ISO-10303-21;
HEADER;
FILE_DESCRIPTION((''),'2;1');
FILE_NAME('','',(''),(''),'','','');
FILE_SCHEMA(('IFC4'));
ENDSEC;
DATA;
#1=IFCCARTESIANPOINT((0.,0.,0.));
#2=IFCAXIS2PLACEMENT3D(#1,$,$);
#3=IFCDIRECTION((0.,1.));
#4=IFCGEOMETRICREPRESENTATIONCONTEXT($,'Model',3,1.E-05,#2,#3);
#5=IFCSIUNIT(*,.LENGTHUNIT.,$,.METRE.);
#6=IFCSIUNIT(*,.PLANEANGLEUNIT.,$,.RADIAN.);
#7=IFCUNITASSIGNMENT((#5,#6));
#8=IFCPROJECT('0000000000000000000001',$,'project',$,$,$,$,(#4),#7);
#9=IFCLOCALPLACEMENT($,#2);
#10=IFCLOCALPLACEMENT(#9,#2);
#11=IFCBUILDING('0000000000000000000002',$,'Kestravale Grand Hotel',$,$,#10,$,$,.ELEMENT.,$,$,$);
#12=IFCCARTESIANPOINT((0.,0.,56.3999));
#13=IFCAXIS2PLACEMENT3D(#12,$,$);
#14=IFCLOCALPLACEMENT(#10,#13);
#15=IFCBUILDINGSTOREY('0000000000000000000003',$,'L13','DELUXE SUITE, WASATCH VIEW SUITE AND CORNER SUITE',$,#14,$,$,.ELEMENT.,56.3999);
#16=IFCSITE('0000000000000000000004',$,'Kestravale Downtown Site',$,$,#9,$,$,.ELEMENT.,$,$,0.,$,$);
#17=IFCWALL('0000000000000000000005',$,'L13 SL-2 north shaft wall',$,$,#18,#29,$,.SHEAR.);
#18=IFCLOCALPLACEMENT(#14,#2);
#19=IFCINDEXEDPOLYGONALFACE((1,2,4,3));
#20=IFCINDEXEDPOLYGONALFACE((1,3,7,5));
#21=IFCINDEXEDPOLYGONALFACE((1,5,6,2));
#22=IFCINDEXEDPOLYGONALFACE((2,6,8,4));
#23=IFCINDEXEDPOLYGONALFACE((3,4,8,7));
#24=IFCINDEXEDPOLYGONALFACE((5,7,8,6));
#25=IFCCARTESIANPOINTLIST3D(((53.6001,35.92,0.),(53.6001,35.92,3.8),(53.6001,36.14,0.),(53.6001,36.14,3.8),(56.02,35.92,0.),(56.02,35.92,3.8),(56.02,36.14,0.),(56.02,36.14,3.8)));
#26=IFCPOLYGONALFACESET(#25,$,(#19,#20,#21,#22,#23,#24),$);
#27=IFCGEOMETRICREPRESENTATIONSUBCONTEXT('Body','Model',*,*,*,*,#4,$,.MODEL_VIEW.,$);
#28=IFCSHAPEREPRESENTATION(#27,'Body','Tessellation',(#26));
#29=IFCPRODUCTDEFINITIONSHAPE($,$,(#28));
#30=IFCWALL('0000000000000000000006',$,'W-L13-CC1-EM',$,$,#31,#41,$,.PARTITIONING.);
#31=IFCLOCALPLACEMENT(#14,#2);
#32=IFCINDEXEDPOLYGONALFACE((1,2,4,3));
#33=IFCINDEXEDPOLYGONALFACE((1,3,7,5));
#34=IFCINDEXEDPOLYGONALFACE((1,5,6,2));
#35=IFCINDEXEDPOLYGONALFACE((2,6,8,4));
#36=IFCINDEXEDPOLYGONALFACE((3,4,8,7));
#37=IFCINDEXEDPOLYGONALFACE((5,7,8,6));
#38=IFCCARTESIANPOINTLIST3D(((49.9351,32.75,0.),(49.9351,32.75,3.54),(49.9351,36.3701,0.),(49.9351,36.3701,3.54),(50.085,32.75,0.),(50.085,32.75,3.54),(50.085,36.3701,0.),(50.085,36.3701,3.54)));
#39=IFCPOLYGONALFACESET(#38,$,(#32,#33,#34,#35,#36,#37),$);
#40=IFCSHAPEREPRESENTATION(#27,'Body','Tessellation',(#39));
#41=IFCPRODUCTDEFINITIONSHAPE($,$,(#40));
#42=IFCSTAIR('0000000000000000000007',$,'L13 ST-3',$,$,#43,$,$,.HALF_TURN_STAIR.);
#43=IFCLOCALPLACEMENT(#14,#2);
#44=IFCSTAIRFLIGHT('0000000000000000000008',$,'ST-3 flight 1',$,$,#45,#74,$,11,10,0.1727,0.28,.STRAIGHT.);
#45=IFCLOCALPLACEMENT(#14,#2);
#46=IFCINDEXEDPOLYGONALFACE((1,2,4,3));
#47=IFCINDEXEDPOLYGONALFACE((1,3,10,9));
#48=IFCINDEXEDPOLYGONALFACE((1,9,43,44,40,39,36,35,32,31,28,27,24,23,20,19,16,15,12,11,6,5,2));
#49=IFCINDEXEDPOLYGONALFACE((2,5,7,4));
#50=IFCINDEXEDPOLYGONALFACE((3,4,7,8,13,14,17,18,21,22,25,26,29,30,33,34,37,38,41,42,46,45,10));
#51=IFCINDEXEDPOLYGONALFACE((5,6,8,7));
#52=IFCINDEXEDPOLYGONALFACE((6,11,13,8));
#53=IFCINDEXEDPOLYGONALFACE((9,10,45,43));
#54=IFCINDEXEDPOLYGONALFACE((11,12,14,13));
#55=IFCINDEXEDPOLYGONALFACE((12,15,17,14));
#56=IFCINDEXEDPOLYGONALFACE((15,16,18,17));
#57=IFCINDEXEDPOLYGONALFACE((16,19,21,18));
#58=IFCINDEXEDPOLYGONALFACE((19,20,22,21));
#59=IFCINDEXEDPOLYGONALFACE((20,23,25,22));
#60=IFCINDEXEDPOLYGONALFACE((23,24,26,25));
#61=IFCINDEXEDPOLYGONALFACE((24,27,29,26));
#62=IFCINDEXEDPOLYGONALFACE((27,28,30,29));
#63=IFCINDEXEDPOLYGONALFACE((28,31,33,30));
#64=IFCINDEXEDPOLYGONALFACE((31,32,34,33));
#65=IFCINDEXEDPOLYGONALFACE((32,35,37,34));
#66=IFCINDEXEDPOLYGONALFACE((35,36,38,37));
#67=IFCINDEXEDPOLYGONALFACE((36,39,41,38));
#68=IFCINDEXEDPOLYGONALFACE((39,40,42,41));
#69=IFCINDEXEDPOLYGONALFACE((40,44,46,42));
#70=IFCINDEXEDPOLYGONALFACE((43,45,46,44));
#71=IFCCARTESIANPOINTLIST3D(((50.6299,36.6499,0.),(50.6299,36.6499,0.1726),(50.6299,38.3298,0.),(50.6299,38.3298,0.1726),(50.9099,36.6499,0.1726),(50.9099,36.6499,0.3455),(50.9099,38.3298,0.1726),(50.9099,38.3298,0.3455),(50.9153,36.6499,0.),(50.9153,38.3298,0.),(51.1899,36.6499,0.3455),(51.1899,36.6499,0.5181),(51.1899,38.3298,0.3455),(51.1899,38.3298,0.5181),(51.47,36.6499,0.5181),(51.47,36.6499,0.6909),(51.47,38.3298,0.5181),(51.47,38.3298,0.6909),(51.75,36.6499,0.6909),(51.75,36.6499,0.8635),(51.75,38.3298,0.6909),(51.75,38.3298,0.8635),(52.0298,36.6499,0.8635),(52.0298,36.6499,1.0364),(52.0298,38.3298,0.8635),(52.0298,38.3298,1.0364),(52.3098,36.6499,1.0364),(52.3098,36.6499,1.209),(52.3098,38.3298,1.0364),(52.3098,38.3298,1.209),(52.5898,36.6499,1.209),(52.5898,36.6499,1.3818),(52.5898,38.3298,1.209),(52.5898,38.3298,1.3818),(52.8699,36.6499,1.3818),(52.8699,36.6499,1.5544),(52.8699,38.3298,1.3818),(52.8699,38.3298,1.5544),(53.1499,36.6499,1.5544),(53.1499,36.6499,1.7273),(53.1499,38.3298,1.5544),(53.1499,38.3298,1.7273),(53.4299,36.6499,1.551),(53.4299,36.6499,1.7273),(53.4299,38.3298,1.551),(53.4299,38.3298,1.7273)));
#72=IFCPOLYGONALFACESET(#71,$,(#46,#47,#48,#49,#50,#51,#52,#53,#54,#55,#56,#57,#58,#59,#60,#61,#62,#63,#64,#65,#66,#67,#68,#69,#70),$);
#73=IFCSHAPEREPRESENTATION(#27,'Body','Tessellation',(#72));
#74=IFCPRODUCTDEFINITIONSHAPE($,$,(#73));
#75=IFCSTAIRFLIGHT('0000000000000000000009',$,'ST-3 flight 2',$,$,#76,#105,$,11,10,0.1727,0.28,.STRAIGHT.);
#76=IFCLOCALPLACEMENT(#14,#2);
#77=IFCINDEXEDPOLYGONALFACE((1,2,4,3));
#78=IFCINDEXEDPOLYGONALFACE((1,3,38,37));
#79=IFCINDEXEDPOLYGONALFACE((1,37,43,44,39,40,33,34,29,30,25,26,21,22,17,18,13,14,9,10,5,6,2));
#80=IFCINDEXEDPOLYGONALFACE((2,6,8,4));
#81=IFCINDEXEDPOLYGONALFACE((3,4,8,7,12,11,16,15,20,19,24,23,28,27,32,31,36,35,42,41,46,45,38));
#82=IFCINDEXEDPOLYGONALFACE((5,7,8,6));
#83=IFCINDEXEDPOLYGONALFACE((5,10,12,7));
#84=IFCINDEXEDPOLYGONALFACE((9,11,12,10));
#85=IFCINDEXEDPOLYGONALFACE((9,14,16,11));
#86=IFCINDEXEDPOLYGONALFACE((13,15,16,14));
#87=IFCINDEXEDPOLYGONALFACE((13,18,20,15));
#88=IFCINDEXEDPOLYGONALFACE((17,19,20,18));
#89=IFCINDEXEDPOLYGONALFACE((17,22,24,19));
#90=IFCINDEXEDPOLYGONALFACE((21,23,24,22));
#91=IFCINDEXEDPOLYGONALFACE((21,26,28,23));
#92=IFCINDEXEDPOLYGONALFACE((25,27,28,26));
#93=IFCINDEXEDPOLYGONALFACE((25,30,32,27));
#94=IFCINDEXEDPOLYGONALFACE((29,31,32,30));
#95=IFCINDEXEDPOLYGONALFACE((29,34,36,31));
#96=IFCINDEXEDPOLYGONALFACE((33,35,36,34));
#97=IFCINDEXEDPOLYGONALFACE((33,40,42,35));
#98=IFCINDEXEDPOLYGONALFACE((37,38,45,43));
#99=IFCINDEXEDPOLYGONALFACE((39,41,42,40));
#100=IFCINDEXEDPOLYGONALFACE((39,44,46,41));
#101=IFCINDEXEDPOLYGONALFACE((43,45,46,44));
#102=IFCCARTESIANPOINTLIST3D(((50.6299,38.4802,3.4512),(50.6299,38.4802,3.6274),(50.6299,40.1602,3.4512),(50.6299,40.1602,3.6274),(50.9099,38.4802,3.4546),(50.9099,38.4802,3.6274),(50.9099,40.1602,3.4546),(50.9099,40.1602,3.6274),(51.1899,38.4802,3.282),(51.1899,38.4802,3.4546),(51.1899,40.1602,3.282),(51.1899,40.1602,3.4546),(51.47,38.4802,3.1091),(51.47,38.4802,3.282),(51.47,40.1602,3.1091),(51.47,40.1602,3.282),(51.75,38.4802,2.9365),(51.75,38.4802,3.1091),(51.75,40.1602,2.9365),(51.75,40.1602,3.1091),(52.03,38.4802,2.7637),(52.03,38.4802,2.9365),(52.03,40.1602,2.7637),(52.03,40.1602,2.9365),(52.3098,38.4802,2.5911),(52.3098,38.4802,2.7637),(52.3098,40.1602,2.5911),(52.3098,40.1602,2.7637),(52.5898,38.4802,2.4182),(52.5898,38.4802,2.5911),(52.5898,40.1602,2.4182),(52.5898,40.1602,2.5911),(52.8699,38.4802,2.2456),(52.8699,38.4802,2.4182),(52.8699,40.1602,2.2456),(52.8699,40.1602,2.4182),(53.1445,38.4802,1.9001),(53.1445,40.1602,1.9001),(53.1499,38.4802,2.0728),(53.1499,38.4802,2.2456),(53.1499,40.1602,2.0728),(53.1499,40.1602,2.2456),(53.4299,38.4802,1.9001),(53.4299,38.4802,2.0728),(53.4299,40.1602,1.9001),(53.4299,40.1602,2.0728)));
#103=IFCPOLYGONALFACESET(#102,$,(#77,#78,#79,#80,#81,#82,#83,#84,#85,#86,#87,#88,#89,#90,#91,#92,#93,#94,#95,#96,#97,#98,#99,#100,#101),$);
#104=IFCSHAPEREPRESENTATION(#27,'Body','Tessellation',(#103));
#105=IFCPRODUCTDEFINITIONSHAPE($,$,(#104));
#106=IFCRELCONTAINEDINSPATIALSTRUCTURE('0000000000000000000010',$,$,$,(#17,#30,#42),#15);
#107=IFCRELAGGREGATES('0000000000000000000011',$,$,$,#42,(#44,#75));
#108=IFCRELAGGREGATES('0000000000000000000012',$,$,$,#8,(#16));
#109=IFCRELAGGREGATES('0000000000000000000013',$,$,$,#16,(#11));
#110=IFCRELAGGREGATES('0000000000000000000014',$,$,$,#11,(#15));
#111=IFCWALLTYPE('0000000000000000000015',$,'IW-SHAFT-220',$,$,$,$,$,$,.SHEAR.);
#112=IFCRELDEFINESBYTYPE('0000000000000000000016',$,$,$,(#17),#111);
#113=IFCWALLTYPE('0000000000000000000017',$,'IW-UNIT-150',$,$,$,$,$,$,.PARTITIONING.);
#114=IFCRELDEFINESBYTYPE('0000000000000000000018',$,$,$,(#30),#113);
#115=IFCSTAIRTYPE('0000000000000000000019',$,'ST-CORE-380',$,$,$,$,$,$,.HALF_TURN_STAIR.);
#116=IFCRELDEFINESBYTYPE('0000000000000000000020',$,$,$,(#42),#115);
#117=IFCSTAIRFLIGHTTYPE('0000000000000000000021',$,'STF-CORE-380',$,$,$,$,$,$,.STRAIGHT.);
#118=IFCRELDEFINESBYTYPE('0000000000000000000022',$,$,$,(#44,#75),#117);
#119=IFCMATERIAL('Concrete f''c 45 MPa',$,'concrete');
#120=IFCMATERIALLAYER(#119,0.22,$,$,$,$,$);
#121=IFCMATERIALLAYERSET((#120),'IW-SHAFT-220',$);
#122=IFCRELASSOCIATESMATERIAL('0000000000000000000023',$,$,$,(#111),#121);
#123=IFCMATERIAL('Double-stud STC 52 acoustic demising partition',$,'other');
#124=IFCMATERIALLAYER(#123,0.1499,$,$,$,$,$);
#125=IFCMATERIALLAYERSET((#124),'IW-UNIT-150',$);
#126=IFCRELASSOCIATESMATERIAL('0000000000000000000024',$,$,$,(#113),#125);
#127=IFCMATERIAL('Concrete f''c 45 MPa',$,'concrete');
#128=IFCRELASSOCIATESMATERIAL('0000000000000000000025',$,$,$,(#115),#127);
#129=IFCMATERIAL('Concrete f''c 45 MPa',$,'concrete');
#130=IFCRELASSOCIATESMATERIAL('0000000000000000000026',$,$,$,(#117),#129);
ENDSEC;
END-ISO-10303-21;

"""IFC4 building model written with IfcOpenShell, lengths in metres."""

from ifc_helpers import new_model, si_unit, direction, frame, frame_2d, origin, place, context, subcontext, project, spatial, polyline, rectangle, outline, extrude, material, layer, layer_set, type_object, element, aggregate, save


model = new_model("IFC4")

# Units and contexts
model_context = context("Model", 3, precision=1e-05, world=origin(), true_north=direction((0.0, 1.0)))
body_context = subcontext(model_context, "Body", "Model", "MODEL_VIEW")
ifc_project = project(units=[si_unit("LENGTHUNIT", "METRE"), si_unit("PLANEANGLEUNIT", "RADIAN")], contexts=[model_context])

# Site, building, storey
site_placement = place(None, origin())
site = spatial("IfcSite", under=ifc_project, at=site_placement, Name="Kestravale Downtown Site", CompositionType="ELEMENT", RefElevation=0.0)
building_placement = place(site_placement, origin())
building = spatial("IfcBuilding", under=site, at=building_placement, Name="Kestravale Grand Hotel", CompositionType="ELEMENT")
storey_placement = place(building_placement, frame((0.0, 0.0, 56.3999)))
storey = spatial("IfcBuildingStorey", under=building, at=storey_placement, Name="L13", Description="DELUXE SUITE, WASATCH VIEW SUITE AND CORNER SUITE", CompositionType="ELEMENT", Elevation=56.3999)

# Shared definitions
ifc_material_1 = material(Name="Concrete f'c 45 MPa", Category="concrete")
ifc_layer_1 = layer(ifc_material_1, 0.22)
ifc_layer_set_1 = layer_set([ifc_layer_1], Name="IW-SHAFT-220")
wall_type_1 = type_object("IfcWallType", Name="IW-SHAFT-220", PredefinedType="SHEAR", material=ifc_layer_set_1)

# Wall
wall_1_placement = place(storey_placement, frame((53.6001, 36.03, 0.0), z_axis=(0.0, 0.0, 1.0), x_axis=(1.0, 0.0, 0.0)))
element("IfcWall", 1, at=wall_1_placement, inside=storey, type_object=wall_type_1, Name="L13 SL-2 north shaft wall", PredefinedType="SHEAR", context=body_context, shape_type="SweptSolid", body=[
    extrude(rectangle(XDim=2.4199, YDim=0.22, at=frame_2d((1.21, 0.0))), origin(), (0.0, 0.0, 1.0), 3.8),
])

# Wall
ifc_material_2 = material(Name="Double-stud STC 52 acoustic demising partition", Category="other")
ifc_layer_2 = layer(ifc_material_2, 0.1499)
ifc_layer_set_2 = layer_set([ifc_layer_2], Name="IW-UNIT-150")
wall_type_2 = type_object("IfcWallType", Name="IW-UNIT-150", PredefinedType="PARTITIONING", material=ifc_layer_set_2)
wall_2_placement = place(storey_placement, frame((50.01, 32.75, 0.0), z_axis=(0.0, 0.0, 1.0), x_axis=(0.0, 1.0, 0.0)))
element("IfcWall", 2, at=wall_2_placement, inside=storey, type_object=wall_type_2, Name="W-L13-CC1-EM", PredefinedType="PARTITIONING", context=body_context, shape_type="SweptSolid", body=[
    extrude(rectangle(XDim=3.6201, YDim=0.1499, at=frame_2d((1.8101, 0.0))), origin(), (0.0, 0.0, 1.0), 3.54),
])

# Stair, stair flights
ifc_material_3 = material(Name="Concrete f'c 45 MPa", Category="concrete")
stair_type = type_object("IfcStairType", Name="ST-CORE-380", PredefinedType="HALF_TURN_STAIR", material=ifc_material_3)
stair_placement = place(storey_placement, origin())
stair = element("IfcStair", 3, at=stair_placement, inside=storey, type_object=stair_type, Name="L13 ST-3", PredefinedType="HALF_TURN_STAIR")
ifc_material_4 = material(Name="Concrete f'c 45 MPa", Category="concrete")
stair_flight_type = type_object("IfcStairFlightType", Name="STF-CORE-380", PredefinedType="STRAIGHT", material=ifc_material_4)
stair_flight_1_placement = place(storey_placement, frame((50.6299, 37.49, 0.0), z_axis=(0.0, 0.0, 1.0), x_axis=(1.0, 0.0, 0.0)))
stair_flight_1 = element("IfcStairFlight", 4, at=stair_flight_1_placement, type_object=stair_flight_type, Name="ST-3 flight 1", NumberOfRisers=11, NumberOfTreads=10, PredefinedType="STRAIGHT", RiserHeight=0.1727, TreadLength=0.28, context=body_context, shape_type="SweptSolid", body=[
    extrude(outline(polyline([(0.0, 0.0), (0.0, 0.1726), (0.28, 0.1726), (0.28, 0.3455), (0.5601, 0.3455), (0.5601, 0.5181), (0.8401, 0.5181), (0.8401, 0.6909), (1.1201, 0.6909), (1.1201, 0.8635), (1.3999, 0.8635), (1.3999, 1.0364), (1.6799, 1.0364), (1.6799, 1.209), (1.96, 1.209), (1.96, 1.3818), (2.24, 1.3818), (2.24, 1.5544), (2.52, 1.5544), (2.52, 1.7273), (2.8, 1.7273), (2.8, 1.8999), (2.8, 1.551), (0.2854, 0.0), (0.0, 0.0)])), frame((0.0, 0.8398, 0.0), z_axis=(0.0, -1.0, 0.0), x_axis=(1.0, 0.0, 0.0)), (0.0, 0.0, 1.0), 1.6799),
])
stair_flight_2_placement = place(storey_placement, frame((53.4299, 39.3201, 1.9001), z_axis=(0.0, 0.0, 1.0), x_axis=(-1.0, 0.0, 0.0)))
stair_flight_2 = element("IfcStairFlight", 5, at=stair_flight_2_placement, type_object=stair_flight_type, Name="ST-3 flight 2", NumberOfRisers=11, NumberOfTreads=10, PredefinedType="STRAIGHT", RiserHeight=0.1727, TreadLength=0.28, context=body_context, shape_type="SweptSolid", body=[
    extrude(outline(polyline([(0.0, 0.0), (0.0, 0.1726), (0.28, 0.1726), (0.28, 0.3455), (0.5601, 0.3455), (0.5601, 0.5181), (0.8401, 0.5181), (0.8401, 0.6909), (1.1201, 0.6909), (1.1201, 0.8635), (1.3999, 0.8635), (1.3999, 1.0364), (1.6799, 1.0364), (1.6799, 1.209), (1.96, 1.209), (1.96, 1.3818), (2.24, 1.3818), (2.24, 1.5544), (2.52, 1.5544), (2.52, 1.7273), (2.8, 1.7273), (2.8, 1.8999), (2.8, 1.551), (0.2854, 0.0), (0.0, 0.0)])), frame((0.0, 0.8398, 0.0), z_axis=(0.0, -1.0, 0.0), x_axis=(1.0, 0.0, 0.0)), (0.0, 0.0, 1.0), 1.6799),
])
aggregate(stair, [stair_flight_1, stair_flight_2])

save(model, "model.ifc")
